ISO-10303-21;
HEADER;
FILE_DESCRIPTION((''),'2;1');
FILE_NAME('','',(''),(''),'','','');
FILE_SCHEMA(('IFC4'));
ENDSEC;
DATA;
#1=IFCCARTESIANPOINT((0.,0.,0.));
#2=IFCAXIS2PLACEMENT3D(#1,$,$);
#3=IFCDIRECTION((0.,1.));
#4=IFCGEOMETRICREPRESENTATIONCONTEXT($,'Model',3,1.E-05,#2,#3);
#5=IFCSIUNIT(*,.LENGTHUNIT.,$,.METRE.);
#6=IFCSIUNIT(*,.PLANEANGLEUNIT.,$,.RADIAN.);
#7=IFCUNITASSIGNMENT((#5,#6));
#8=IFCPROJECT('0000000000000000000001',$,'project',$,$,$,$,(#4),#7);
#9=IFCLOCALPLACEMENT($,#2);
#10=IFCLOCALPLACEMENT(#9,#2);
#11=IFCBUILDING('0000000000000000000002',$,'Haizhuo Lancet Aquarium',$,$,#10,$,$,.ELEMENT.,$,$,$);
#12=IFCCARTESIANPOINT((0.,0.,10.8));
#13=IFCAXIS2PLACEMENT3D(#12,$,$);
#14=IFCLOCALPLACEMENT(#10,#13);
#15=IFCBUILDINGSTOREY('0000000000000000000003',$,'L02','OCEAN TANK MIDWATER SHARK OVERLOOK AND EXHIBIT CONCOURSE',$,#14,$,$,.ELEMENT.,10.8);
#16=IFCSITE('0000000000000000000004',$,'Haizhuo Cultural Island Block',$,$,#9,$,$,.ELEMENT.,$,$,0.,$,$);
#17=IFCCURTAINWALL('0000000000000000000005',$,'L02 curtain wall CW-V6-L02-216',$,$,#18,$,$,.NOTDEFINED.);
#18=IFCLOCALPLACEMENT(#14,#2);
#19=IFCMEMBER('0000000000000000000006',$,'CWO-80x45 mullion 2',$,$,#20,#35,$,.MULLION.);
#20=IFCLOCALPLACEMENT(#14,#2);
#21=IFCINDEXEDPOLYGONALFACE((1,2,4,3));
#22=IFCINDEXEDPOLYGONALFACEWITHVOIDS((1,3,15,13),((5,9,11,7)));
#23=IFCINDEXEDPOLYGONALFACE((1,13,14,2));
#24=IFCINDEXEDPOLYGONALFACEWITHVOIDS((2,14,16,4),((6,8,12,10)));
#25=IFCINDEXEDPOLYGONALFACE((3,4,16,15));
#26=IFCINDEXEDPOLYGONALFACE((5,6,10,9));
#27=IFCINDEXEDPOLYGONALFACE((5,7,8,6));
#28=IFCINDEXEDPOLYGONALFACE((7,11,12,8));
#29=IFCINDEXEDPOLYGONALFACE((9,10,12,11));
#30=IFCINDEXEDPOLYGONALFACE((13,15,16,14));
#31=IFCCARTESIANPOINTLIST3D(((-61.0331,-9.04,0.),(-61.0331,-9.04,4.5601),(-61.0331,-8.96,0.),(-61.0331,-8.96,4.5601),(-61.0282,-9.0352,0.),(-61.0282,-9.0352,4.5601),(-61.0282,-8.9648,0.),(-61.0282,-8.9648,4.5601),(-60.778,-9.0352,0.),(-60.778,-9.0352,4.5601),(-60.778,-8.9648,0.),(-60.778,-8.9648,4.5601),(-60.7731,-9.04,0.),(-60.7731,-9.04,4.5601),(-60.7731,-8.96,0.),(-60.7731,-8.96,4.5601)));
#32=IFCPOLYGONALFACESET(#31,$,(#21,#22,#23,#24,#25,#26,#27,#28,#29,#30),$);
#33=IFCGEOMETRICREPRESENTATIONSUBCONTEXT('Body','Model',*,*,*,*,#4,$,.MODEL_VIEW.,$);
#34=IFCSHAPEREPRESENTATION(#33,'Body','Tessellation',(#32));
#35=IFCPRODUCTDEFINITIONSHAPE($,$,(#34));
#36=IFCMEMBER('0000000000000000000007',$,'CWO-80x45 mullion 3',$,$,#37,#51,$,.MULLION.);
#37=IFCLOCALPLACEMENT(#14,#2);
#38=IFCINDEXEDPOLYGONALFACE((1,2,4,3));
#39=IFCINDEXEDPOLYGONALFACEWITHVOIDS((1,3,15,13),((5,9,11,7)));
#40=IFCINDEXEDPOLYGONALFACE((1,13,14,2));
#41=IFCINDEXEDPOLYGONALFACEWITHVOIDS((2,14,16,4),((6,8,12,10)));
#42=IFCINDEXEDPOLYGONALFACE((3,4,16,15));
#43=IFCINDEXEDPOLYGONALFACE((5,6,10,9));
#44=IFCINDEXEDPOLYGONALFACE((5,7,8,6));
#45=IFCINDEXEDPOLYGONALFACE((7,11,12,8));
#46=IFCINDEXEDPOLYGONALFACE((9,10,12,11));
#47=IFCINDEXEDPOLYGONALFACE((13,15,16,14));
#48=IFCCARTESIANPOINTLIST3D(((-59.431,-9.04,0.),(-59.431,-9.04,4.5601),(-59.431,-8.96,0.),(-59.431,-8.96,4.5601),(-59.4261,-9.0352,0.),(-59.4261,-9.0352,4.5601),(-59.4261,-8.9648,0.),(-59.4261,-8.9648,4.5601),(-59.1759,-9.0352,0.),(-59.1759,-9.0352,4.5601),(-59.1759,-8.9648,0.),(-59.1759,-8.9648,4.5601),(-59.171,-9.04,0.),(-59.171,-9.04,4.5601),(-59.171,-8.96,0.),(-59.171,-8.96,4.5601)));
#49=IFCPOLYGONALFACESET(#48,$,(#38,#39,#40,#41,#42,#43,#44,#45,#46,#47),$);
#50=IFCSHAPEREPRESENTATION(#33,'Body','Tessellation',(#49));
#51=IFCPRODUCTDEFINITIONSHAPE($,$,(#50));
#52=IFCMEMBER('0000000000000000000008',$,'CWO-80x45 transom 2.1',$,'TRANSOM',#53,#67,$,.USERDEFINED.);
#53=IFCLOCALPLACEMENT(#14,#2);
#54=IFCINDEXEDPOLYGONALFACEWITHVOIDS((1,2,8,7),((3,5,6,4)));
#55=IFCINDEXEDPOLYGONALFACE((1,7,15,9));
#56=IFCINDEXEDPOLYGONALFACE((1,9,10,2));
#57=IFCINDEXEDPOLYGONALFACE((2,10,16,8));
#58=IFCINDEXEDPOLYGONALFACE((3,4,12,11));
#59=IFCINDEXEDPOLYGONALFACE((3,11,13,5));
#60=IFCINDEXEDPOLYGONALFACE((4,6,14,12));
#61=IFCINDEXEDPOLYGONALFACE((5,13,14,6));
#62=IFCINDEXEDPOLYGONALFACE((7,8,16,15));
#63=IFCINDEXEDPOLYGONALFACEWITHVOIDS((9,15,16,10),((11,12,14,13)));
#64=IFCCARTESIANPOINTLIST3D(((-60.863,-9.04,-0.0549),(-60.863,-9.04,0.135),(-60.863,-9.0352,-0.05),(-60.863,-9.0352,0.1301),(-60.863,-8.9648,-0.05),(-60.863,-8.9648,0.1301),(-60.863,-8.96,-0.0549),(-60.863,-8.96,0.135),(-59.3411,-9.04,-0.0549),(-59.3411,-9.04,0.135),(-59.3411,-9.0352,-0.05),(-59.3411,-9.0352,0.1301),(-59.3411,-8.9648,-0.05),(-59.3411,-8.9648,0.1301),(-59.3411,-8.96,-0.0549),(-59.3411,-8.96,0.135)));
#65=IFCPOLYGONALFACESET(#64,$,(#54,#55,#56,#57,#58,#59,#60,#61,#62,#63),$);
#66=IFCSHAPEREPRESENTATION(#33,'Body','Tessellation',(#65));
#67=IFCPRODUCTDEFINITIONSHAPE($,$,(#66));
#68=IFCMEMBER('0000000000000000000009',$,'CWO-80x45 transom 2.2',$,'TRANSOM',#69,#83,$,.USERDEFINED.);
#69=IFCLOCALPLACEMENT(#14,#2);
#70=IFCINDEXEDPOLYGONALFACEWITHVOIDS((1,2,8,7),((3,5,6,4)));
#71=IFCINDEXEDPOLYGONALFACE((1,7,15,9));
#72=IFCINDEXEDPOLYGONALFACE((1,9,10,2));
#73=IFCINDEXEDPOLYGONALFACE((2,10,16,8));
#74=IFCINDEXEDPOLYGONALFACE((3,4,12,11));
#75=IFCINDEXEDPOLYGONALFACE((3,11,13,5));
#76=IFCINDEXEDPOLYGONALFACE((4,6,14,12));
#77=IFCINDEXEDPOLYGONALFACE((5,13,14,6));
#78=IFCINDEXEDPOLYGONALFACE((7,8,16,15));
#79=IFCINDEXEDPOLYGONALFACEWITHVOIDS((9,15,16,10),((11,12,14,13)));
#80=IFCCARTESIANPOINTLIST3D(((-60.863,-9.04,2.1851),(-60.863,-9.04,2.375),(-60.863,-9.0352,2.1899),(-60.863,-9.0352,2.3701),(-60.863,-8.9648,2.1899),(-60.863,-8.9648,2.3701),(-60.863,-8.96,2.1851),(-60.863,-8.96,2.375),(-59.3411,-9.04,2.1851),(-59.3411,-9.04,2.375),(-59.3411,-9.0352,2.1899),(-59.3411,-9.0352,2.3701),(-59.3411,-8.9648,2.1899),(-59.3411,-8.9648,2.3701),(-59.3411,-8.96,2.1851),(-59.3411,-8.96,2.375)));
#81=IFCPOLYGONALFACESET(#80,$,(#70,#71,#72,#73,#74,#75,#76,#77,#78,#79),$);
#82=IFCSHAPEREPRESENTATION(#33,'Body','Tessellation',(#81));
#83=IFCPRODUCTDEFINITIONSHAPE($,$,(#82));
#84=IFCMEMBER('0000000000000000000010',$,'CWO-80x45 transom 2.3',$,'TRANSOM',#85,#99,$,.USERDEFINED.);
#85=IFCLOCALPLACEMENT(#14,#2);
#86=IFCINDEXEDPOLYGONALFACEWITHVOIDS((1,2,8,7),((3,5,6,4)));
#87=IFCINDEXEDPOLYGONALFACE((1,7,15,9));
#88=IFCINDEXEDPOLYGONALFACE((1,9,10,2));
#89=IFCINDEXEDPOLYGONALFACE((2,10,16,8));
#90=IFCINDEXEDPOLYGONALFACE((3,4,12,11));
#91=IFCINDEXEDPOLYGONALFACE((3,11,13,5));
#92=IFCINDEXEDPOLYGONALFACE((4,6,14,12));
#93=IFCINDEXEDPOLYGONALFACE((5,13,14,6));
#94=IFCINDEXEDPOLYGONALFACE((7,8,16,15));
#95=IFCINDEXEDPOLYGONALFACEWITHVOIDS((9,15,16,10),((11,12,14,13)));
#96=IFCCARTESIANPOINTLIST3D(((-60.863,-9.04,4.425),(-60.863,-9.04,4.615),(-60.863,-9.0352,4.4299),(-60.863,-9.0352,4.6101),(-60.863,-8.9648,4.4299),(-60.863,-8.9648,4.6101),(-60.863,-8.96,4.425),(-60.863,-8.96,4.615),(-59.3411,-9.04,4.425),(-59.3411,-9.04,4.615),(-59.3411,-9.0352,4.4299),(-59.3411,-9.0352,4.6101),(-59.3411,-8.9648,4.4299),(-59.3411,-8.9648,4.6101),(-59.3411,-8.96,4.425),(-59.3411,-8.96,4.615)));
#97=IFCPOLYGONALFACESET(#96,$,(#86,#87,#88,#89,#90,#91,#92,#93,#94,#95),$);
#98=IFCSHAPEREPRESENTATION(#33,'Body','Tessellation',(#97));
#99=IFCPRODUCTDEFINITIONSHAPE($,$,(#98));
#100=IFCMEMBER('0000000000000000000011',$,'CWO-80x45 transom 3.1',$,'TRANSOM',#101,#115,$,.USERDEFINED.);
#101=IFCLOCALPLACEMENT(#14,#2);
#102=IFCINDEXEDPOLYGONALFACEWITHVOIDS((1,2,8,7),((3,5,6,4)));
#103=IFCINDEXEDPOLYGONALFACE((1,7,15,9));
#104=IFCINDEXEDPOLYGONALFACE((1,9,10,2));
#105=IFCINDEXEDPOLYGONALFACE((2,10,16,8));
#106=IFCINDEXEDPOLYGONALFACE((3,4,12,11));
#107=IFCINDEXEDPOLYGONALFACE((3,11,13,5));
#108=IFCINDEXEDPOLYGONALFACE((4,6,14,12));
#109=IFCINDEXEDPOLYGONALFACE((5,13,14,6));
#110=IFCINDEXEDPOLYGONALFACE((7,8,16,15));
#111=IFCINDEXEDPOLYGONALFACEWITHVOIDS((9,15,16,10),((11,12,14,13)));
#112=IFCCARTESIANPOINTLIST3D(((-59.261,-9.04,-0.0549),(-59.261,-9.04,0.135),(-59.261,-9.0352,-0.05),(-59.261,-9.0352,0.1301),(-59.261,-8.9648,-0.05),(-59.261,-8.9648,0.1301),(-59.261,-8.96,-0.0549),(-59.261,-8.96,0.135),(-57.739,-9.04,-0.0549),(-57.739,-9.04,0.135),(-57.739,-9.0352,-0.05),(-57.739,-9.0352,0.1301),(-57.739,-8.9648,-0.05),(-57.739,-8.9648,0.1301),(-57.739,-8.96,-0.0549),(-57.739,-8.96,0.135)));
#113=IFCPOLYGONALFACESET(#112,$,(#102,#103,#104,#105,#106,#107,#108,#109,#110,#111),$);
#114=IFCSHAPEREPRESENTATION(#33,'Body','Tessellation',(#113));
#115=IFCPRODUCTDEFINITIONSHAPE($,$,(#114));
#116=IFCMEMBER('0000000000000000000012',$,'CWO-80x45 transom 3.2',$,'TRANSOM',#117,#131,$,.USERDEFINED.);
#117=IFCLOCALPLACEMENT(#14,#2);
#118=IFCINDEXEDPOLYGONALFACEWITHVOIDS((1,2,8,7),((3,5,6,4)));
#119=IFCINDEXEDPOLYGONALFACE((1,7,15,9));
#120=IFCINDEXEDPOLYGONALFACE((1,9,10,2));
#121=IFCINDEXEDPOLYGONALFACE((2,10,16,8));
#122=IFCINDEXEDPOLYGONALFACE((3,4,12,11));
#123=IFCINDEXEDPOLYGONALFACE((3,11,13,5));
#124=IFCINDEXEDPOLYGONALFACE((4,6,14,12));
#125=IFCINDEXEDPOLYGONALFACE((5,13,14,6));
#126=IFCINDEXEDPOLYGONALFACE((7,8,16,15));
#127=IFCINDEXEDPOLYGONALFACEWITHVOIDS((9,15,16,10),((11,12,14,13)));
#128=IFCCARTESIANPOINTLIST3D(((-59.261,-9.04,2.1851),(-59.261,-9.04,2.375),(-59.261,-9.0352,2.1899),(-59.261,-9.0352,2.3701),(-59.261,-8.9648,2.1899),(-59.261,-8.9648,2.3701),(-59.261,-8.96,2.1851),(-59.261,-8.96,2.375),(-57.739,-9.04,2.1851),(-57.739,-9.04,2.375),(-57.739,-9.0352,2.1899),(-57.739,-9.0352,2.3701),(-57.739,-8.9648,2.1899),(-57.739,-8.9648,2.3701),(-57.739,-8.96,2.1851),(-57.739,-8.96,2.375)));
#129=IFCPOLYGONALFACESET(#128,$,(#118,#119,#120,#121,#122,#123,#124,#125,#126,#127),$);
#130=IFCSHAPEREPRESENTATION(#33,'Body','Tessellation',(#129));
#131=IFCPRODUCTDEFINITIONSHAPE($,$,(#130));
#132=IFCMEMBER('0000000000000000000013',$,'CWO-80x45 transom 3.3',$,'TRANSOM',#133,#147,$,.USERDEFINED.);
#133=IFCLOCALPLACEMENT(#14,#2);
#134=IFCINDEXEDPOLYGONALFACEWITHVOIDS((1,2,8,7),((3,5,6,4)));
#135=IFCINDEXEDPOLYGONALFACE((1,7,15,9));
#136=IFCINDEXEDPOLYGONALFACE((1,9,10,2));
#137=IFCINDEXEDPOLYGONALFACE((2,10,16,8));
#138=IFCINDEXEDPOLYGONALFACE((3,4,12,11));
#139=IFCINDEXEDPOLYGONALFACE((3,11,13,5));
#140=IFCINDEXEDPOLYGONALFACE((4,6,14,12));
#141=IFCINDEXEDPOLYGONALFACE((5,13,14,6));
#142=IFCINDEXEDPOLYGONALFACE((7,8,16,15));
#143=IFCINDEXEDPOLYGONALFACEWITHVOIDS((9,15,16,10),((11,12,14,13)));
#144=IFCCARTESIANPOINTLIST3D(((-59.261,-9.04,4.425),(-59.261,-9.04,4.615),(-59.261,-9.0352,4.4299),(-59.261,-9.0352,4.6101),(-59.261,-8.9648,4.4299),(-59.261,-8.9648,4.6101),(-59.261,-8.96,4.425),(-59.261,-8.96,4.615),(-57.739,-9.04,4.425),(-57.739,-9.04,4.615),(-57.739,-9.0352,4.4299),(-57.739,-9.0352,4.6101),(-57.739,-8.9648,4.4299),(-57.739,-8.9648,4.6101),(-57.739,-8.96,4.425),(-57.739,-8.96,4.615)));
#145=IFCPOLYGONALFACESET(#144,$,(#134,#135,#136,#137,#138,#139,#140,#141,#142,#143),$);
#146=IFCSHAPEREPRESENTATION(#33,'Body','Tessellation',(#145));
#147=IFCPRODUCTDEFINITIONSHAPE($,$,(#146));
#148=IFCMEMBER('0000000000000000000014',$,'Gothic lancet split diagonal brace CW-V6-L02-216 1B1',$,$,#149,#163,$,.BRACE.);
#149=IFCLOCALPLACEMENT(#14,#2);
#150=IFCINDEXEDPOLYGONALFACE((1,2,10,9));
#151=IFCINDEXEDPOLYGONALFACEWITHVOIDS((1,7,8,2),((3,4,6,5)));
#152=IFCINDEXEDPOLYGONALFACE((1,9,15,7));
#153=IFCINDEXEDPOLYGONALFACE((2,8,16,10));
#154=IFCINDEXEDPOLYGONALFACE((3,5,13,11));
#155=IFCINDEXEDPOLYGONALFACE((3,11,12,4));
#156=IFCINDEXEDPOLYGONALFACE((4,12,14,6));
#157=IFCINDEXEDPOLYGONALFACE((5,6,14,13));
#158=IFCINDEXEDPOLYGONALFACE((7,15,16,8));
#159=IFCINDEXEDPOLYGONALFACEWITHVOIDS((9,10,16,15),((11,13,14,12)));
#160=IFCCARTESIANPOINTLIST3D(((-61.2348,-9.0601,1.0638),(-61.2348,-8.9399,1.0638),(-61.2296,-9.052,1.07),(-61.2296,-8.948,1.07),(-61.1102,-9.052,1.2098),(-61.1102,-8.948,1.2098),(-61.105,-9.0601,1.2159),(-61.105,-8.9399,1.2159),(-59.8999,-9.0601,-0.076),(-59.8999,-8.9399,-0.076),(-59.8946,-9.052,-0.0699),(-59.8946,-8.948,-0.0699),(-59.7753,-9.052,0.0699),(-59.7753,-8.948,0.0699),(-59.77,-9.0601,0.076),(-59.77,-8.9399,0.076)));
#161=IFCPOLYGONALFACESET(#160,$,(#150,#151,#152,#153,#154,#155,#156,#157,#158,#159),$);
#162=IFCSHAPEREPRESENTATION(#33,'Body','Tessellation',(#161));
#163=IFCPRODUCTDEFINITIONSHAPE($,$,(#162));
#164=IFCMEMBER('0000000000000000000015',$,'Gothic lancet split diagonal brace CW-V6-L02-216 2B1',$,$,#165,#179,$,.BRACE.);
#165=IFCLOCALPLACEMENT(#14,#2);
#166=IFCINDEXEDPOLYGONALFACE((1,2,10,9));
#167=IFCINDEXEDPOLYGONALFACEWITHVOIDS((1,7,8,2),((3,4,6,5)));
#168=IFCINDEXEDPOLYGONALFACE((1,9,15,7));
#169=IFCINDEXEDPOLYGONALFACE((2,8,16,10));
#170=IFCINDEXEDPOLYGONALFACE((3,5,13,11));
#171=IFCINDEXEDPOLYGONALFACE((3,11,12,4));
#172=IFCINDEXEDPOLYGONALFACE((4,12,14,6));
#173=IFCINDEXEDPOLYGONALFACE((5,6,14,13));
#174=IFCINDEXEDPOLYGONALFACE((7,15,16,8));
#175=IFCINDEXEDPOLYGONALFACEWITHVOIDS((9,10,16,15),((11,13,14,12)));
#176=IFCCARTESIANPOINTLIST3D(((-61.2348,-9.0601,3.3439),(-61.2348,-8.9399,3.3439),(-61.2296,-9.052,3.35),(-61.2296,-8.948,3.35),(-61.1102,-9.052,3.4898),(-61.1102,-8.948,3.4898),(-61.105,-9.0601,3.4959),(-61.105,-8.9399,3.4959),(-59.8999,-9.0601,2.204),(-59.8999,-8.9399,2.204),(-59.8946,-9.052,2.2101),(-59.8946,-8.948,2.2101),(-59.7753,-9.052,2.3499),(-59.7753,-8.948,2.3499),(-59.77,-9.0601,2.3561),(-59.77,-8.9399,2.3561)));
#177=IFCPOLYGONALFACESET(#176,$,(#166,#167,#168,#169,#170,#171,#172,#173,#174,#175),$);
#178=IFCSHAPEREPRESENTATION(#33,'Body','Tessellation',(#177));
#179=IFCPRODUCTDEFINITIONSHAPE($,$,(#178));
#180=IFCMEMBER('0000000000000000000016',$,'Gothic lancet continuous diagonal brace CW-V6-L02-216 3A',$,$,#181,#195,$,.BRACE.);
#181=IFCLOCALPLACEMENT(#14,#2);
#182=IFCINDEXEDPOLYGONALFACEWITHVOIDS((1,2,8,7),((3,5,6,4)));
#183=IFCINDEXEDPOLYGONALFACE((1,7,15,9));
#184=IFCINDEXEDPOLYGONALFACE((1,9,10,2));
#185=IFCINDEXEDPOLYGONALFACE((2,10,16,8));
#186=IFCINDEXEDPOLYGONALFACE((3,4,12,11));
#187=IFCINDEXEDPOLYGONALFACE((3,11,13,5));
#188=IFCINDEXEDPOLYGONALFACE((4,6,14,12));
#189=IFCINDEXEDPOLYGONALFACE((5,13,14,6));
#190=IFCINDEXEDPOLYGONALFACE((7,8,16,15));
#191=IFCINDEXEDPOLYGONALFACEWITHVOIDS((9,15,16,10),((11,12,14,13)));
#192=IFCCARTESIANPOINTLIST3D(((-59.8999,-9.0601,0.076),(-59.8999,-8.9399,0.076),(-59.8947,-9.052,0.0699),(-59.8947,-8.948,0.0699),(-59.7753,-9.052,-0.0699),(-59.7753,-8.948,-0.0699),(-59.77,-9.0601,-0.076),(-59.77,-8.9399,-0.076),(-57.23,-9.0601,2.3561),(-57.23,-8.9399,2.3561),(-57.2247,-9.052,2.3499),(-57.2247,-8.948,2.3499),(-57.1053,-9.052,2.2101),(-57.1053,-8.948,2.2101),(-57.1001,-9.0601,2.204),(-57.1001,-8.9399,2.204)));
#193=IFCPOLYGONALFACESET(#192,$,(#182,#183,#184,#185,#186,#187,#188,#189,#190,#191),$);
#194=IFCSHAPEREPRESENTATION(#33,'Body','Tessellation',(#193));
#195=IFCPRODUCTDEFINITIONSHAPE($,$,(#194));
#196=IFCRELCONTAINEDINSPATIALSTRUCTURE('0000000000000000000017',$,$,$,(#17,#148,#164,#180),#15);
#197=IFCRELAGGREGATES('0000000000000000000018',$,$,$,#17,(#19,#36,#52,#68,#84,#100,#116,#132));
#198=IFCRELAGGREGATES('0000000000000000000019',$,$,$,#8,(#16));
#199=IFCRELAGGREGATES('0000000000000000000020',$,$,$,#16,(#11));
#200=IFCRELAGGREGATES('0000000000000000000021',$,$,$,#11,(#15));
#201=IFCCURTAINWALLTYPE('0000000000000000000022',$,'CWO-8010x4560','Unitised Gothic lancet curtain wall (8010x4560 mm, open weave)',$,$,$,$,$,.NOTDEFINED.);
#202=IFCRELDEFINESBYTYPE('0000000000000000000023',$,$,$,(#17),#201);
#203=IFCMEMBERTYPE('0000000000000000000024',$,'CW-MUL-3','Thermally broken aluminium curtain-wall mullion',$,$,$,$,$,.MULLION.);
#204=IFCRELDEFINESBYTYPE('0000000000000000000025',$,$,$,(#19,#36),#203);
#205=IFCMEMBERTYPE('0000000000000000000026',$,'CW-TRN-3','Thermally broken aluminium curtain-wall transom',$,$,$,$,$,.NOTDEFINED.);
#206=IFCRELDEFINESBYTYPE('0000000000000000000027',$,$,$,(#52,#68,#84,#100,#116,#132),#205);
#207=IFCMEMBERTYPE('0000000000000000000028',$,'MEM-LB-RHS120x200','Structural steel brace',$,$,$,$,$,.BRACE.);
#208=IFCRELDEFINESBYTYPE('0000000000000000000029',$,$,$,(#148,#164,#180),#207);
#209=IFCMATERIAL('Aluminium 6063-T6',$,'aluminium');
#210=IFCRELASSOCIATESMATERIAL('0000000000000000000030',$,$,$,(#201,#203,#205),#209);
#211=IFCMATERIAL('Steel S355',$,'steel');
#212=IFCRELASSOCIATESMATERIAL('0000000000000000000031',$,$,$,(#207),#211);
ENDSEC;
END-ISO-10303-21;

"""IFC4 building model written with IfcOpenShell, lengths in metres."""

from ifc_helpers import new_model, si_unit, direction, frame, origin, origin_2d, place, context, subcontext, project, spatial, hollow_rectangle, extrude, material, material_profile, profile_set, type_object, element, aggregate, save


model = new_model("IFC4")

# Units and contexts
model_context = context("Model", 3, precision=1e-05, world=origin(), true_north=direction((0.0, 1.0)))
body_context = subcontext(model_context, "Body", "Model", "MODEL_VIEW")
ifc_project = project(units=[si_unit("LENGTHUNIT", "METRE"), si_unit("PLANEANGLEUNIT", "RADIAN")], contexts=[model_context])

# Site, building, storey
site_placement = place(None, origin())
site = spatial("IfcSite", under=ifc_project, at=site_placement, Name="Haizhuo Cultural Island Block", CompositionType="ELEMENT", RefElevation=0.0)
building_placement = place(site_placement, origin())
building = spatial("IfcBuilding", under=site, at=building_placement, Name="Haizhuo Lancet Aquarium", CompositionType="ELEMENT")
storey_placement = place(building_placement, frame((0.0, 0.0, 10.8)))
storey = spatial("IfcBuildingStorey", under=building, at=storey_placement, Name="L02", Description="OCEAN TANK MIDWATER SHARK OVERLOOK AND EXHIBIT CONCOURSE", CompositionType="ELEMENT", Elevation=10.8)

# Curtain wall, members
ifc_material_1 = material(Name="Aluminium 6063-T6", Category="aluminium")
curtain_wall_type = type_object("IfcCurtainWallType", Name="CWO-8010x4560", Description="Unitised Gothic lancet curtain wall (8010x4560 mm, open weave)", PredefinedType="NOTDEFINED", material=ifc_material_1)
curtain_wall_placement = place(storey_placement, origin())
curtain_wall = element("IfcCurtainWall", 1, at=curtain_wall_placement, inside=storey, type_object=curtain_wall_type, Name="L02 curtain wall CW-V6-L02-216", PredefinedType="NOTDEFINED")
ifc_material_profile_1 = material_profile(ifc_material_1, hollow_rectangle(XDim=0.0801, YDim=0.26, WallThickness=0.0049, at=origin_2d()), Name="ALU-M 80x260x5")
ifc_profile_set_1 = profile_set([ifc_material_profile_1], Name="Aluminium 6063-T6")
member_type_1 = type_object("IfcMemberType", Name="CW-MUL-3", Description="Thermally broken aluminium curtain-wall mullion", PredefinedType="MULLION", material=ifc_profile_set_1)
member_1_placement = place(storey_placement, frame((-60.9031, -9.0, 0.0), z_axis=(0.0, 0.0, 1.0), x_axis=(0.0, 1.0, 0.0)))
member_1 = element("IfcMember", 2, at=member_1_placement, type_object=member_type_1, Name="CWO-80x45 mullion 2", PredefinedType="MULLION", context=body_context, shape_type="SweptSolid", body=[
    extrude(hollow_rectangle(XDim=0.0801, YDim=0.26, WallThickness=0.0049, at=origin_2d()), origin(), (0.0, 0.0, 1.0), 4.5601),
])
member_2_placement = place(storey_placement, frame((-59.301, -9.0, 0.0), z_axis=(0.0, 0.0, 1.0), x_axis=(0.0, 1.0, 0.0)))
member_2 = element("IfcMember", 3, at=member_2_placement, type_object=member_type_1, Name="CWO-80x45 mullion 3", PredefinedType="MULLION", context=body_context, shape_type="SweptSolid", body=[
    extrude(hollow_rectangle(XDim=0.0801, YDim=0.26, WallThickness=0.0049, at=origin_2d()), origin(), (0.0, 0.0, 1.0), 4.5601),
])
ifc_material_profile_2 = material_profile(ifc_material_1, hollow_rectangle(XDim=0.0801, YDim=0.1899, WallThickness=0.0049, at=origin_2d()), Name="ALU-T 80x190x5")
ifc_profile_set_2 = profile_set([ifc_material_profile_2], Name="Aluminium 6063-T6")
member_type_2 = type_object("IfcMemberType", Name="CW-TRN-3", Description="Thermally broken aluminium curtain-wall transom", PredefinedType="NOTDEFINED", material=ifc_profile_set_2)
member_3_placement = place(storey_placement, frame((-60.863, -9.0, 0.04), z_axis=(1.0, 0.0, 0.0), x_axis=(0.0, 1.0, 0.0)))
member_3 = element("IfcMember", 4, at=member_3_placement, type_object=member_type_2, Name="CWO-80x45 transom 2.1", ObjectType="TRANSOM", PredefinedType="USERDEFINED", context=body_context, shape_type="SweptSolid", body=[
    extrude(hollow_rectangle(XDim=0.0801, YDim=0.1899, WallThickness=0.0049, at=origin_2d()), origin(), (0.0, 0.0, 1.0), 1.522),
])
member_4_placement = place(storey_placement, frame((-60.863, -9.0, 2.28), z_axis=(1.0, 0.0, 0.0), x_axis=(0.0, 1.0, 0.0)))
member_4 = element("IfcMember", 5, at=member_4_placement, type_object=member_type_2, Name="CWO-80x45 transom 2.2", ObjectType="TRANSOM", PredefinedType="USERDEFINED", context=body_context, shape_type="SweptSolid", body=[
    extrude(hollow_rectangle(XDim=0.0801, YDim=0.1899, WallThickness=0.0049, at=origin_2d()), origin(), (0.0, 0.0, 1.0), 1.522),
])
member_5_placement = place(storey_placement, frame((-60.863, -9.0, 4.52), z_axis=(1.0, 0.0, 0.0), x_axis=(0.0, 1.0, 0.0)))
member_5 = element("IfcMember", 6, at=member_5_placement, type_object=member_type_2, Name="CWO-80x45 transom 2.3", ObjectType="TRANSOM", PredefinedType="USERDEFINED", context=body_context, shape_type="SweptSolid", body=[
    extrude(hollow_rectangle(XDim=0.0801, YDim=0.1899, WallThickness=0.0049, at=origin_2d()), origin(), (0.0, 0.0, 1.0), 1.522),
])
member_6_placement = place(storey_placement, frame((-59.261, -9.0, 0.04), z_axis=(1.0, 0.0, 0.0), x_axis=(0.0, 1.0, 0.0)))
member_6 = element("IfcMember", 7, at=member_6_placement, type_object=member_type_2, Name="CWO-80x45 transom 3.1", ObjectType="TRANSOM", PredefinedType="USERDEFINED", context=body_context, shape_type="SweptSolid", body=[
    extrude(hollow_rectangle(XDim=0.0801, YDim=0.1899, WallThickness=0.0049, at=origin_2d()), origin(), (0.0, 0.0, 1.0), 1.522),
])
member_7_placement = place(storey_placement, frame((-59.261, -9.0, 2.28), z_axis=(1.0, 0.0, 0.0), x_axis=(0.0, 1.0, 0.0)))
member_7 = element("IfcMember", 8, at=member_7_placement, type_object=member_type_2, Name="CWO-80x45 transom 3.2", ObjectType="TRANSOM", PredefinedType="USERDEFINED", context=body_context, shape_type="SweptSolid", body=[
    extrude(hollow_rectangle(XDim=0.0801, YDim=0.1899, WallThickness=0.0049, at=origin_2d()), origin(), (0.0, 0.0, 1.0), 1.522),
])
member_8_placement = place(storey_placement, frame((-59.261, -9.0, 4.52), z_axis=(1.0, 0.0, 0.0), x_axis=(0.0, 1.0, 0.0)))
member_8 = element("IfcMember", 9, at=member_8_placement, type_object=member_type_2, Name="CWO-80x45 transom 3.3", ObjectType="TRANSOM", PredefinedType="USERDEFINED", context=body_context, shape_type="SweptSolid", body=[
    extrude(hollow_rectangle(XDim=0.0801, YDim=0.1899, WallThickness=0.0049, at=origin_2d()), origin(), (0.0, 0.0, 1.0), 1.522),
])

# Members
ifc_material_2 = material(Name="Steel S355", Category="steel")
ifc_material_profile_3 = material_profile(ifc_material_2, hollow_rectangle(XDim=0.1201, YDim=0.2, WallThickness=0.0081, at=origin_2d()), Name="RHS 120x200x8")
ifc_profile_set_3 = profile_set([ifc_material_profile_3], Name="Steel S355")
member_type_3 = type_object("IfcMemberType", Name="MEM-LB-RHS120x200", Description="Structural steel brace", PredefinedType="BRACE", material=ifc_profile_set_3)
for number, where, z_axis, x_axis, name in (
    (10, (-59.835, -9.0, 0.0), (-0.760482, 0.0, 0.649359), (0.0, -1.0, 0.0), "Gothic lancet split diagonal brace CW-V6-L02-216 1B1"),
    (11, (-59.835, -9.0, 2.28), (-0.760482, 0.0, 0.649359), (0.0, -1.0, 0.0), "Gothic lancet split diagonal brace CW-V6-L02-216 2B1"),
):
    element("IfcMember", number, at=place(storey_placement, frame(where, z_axis=z_axis, x_axis=x_axis)), inside=storey, type_object=member_type_3, Name=name, PredefinedType="BRACE", context=body_context, shape_type="SweptSolid", body=[
        extrude(hollow_rectangle(XDim=0.1201, YDim=0.2, WallThickness=0.0081, at=origin_2d()), origin(), (0.0, 0.0, 1.0), 1.7554),
    ])
member_9_placement = place(storey_placement, frame((-59.835, -9.0, 0.0), z_axis=(0.760448, 0.0, 0.649399), x_axis=(0.0, 1.0, 0.0)))
element("IfcMember", 12, at=member_9_placement, inside=storey, type_object=member_type_3, Name="Gothic lancet continuous diagonal brace CW-V6-L02-216 3A", PredefinedType="BRACE", context=body_context, shape_type="SweptSolid", body=[
    extrude(hollow_rectangle(XDim=0.1201, YDim=0.2, WallThickness=0.0081, at=origin_2d()), origin(), (0.0, 0.0, 1.0), 3.511),
])

aggregate(curtain_wall, [member_1, member_2, member_3, member_4, member_5, member_6, member_7, member_8])

save(model, "model.ifc")
